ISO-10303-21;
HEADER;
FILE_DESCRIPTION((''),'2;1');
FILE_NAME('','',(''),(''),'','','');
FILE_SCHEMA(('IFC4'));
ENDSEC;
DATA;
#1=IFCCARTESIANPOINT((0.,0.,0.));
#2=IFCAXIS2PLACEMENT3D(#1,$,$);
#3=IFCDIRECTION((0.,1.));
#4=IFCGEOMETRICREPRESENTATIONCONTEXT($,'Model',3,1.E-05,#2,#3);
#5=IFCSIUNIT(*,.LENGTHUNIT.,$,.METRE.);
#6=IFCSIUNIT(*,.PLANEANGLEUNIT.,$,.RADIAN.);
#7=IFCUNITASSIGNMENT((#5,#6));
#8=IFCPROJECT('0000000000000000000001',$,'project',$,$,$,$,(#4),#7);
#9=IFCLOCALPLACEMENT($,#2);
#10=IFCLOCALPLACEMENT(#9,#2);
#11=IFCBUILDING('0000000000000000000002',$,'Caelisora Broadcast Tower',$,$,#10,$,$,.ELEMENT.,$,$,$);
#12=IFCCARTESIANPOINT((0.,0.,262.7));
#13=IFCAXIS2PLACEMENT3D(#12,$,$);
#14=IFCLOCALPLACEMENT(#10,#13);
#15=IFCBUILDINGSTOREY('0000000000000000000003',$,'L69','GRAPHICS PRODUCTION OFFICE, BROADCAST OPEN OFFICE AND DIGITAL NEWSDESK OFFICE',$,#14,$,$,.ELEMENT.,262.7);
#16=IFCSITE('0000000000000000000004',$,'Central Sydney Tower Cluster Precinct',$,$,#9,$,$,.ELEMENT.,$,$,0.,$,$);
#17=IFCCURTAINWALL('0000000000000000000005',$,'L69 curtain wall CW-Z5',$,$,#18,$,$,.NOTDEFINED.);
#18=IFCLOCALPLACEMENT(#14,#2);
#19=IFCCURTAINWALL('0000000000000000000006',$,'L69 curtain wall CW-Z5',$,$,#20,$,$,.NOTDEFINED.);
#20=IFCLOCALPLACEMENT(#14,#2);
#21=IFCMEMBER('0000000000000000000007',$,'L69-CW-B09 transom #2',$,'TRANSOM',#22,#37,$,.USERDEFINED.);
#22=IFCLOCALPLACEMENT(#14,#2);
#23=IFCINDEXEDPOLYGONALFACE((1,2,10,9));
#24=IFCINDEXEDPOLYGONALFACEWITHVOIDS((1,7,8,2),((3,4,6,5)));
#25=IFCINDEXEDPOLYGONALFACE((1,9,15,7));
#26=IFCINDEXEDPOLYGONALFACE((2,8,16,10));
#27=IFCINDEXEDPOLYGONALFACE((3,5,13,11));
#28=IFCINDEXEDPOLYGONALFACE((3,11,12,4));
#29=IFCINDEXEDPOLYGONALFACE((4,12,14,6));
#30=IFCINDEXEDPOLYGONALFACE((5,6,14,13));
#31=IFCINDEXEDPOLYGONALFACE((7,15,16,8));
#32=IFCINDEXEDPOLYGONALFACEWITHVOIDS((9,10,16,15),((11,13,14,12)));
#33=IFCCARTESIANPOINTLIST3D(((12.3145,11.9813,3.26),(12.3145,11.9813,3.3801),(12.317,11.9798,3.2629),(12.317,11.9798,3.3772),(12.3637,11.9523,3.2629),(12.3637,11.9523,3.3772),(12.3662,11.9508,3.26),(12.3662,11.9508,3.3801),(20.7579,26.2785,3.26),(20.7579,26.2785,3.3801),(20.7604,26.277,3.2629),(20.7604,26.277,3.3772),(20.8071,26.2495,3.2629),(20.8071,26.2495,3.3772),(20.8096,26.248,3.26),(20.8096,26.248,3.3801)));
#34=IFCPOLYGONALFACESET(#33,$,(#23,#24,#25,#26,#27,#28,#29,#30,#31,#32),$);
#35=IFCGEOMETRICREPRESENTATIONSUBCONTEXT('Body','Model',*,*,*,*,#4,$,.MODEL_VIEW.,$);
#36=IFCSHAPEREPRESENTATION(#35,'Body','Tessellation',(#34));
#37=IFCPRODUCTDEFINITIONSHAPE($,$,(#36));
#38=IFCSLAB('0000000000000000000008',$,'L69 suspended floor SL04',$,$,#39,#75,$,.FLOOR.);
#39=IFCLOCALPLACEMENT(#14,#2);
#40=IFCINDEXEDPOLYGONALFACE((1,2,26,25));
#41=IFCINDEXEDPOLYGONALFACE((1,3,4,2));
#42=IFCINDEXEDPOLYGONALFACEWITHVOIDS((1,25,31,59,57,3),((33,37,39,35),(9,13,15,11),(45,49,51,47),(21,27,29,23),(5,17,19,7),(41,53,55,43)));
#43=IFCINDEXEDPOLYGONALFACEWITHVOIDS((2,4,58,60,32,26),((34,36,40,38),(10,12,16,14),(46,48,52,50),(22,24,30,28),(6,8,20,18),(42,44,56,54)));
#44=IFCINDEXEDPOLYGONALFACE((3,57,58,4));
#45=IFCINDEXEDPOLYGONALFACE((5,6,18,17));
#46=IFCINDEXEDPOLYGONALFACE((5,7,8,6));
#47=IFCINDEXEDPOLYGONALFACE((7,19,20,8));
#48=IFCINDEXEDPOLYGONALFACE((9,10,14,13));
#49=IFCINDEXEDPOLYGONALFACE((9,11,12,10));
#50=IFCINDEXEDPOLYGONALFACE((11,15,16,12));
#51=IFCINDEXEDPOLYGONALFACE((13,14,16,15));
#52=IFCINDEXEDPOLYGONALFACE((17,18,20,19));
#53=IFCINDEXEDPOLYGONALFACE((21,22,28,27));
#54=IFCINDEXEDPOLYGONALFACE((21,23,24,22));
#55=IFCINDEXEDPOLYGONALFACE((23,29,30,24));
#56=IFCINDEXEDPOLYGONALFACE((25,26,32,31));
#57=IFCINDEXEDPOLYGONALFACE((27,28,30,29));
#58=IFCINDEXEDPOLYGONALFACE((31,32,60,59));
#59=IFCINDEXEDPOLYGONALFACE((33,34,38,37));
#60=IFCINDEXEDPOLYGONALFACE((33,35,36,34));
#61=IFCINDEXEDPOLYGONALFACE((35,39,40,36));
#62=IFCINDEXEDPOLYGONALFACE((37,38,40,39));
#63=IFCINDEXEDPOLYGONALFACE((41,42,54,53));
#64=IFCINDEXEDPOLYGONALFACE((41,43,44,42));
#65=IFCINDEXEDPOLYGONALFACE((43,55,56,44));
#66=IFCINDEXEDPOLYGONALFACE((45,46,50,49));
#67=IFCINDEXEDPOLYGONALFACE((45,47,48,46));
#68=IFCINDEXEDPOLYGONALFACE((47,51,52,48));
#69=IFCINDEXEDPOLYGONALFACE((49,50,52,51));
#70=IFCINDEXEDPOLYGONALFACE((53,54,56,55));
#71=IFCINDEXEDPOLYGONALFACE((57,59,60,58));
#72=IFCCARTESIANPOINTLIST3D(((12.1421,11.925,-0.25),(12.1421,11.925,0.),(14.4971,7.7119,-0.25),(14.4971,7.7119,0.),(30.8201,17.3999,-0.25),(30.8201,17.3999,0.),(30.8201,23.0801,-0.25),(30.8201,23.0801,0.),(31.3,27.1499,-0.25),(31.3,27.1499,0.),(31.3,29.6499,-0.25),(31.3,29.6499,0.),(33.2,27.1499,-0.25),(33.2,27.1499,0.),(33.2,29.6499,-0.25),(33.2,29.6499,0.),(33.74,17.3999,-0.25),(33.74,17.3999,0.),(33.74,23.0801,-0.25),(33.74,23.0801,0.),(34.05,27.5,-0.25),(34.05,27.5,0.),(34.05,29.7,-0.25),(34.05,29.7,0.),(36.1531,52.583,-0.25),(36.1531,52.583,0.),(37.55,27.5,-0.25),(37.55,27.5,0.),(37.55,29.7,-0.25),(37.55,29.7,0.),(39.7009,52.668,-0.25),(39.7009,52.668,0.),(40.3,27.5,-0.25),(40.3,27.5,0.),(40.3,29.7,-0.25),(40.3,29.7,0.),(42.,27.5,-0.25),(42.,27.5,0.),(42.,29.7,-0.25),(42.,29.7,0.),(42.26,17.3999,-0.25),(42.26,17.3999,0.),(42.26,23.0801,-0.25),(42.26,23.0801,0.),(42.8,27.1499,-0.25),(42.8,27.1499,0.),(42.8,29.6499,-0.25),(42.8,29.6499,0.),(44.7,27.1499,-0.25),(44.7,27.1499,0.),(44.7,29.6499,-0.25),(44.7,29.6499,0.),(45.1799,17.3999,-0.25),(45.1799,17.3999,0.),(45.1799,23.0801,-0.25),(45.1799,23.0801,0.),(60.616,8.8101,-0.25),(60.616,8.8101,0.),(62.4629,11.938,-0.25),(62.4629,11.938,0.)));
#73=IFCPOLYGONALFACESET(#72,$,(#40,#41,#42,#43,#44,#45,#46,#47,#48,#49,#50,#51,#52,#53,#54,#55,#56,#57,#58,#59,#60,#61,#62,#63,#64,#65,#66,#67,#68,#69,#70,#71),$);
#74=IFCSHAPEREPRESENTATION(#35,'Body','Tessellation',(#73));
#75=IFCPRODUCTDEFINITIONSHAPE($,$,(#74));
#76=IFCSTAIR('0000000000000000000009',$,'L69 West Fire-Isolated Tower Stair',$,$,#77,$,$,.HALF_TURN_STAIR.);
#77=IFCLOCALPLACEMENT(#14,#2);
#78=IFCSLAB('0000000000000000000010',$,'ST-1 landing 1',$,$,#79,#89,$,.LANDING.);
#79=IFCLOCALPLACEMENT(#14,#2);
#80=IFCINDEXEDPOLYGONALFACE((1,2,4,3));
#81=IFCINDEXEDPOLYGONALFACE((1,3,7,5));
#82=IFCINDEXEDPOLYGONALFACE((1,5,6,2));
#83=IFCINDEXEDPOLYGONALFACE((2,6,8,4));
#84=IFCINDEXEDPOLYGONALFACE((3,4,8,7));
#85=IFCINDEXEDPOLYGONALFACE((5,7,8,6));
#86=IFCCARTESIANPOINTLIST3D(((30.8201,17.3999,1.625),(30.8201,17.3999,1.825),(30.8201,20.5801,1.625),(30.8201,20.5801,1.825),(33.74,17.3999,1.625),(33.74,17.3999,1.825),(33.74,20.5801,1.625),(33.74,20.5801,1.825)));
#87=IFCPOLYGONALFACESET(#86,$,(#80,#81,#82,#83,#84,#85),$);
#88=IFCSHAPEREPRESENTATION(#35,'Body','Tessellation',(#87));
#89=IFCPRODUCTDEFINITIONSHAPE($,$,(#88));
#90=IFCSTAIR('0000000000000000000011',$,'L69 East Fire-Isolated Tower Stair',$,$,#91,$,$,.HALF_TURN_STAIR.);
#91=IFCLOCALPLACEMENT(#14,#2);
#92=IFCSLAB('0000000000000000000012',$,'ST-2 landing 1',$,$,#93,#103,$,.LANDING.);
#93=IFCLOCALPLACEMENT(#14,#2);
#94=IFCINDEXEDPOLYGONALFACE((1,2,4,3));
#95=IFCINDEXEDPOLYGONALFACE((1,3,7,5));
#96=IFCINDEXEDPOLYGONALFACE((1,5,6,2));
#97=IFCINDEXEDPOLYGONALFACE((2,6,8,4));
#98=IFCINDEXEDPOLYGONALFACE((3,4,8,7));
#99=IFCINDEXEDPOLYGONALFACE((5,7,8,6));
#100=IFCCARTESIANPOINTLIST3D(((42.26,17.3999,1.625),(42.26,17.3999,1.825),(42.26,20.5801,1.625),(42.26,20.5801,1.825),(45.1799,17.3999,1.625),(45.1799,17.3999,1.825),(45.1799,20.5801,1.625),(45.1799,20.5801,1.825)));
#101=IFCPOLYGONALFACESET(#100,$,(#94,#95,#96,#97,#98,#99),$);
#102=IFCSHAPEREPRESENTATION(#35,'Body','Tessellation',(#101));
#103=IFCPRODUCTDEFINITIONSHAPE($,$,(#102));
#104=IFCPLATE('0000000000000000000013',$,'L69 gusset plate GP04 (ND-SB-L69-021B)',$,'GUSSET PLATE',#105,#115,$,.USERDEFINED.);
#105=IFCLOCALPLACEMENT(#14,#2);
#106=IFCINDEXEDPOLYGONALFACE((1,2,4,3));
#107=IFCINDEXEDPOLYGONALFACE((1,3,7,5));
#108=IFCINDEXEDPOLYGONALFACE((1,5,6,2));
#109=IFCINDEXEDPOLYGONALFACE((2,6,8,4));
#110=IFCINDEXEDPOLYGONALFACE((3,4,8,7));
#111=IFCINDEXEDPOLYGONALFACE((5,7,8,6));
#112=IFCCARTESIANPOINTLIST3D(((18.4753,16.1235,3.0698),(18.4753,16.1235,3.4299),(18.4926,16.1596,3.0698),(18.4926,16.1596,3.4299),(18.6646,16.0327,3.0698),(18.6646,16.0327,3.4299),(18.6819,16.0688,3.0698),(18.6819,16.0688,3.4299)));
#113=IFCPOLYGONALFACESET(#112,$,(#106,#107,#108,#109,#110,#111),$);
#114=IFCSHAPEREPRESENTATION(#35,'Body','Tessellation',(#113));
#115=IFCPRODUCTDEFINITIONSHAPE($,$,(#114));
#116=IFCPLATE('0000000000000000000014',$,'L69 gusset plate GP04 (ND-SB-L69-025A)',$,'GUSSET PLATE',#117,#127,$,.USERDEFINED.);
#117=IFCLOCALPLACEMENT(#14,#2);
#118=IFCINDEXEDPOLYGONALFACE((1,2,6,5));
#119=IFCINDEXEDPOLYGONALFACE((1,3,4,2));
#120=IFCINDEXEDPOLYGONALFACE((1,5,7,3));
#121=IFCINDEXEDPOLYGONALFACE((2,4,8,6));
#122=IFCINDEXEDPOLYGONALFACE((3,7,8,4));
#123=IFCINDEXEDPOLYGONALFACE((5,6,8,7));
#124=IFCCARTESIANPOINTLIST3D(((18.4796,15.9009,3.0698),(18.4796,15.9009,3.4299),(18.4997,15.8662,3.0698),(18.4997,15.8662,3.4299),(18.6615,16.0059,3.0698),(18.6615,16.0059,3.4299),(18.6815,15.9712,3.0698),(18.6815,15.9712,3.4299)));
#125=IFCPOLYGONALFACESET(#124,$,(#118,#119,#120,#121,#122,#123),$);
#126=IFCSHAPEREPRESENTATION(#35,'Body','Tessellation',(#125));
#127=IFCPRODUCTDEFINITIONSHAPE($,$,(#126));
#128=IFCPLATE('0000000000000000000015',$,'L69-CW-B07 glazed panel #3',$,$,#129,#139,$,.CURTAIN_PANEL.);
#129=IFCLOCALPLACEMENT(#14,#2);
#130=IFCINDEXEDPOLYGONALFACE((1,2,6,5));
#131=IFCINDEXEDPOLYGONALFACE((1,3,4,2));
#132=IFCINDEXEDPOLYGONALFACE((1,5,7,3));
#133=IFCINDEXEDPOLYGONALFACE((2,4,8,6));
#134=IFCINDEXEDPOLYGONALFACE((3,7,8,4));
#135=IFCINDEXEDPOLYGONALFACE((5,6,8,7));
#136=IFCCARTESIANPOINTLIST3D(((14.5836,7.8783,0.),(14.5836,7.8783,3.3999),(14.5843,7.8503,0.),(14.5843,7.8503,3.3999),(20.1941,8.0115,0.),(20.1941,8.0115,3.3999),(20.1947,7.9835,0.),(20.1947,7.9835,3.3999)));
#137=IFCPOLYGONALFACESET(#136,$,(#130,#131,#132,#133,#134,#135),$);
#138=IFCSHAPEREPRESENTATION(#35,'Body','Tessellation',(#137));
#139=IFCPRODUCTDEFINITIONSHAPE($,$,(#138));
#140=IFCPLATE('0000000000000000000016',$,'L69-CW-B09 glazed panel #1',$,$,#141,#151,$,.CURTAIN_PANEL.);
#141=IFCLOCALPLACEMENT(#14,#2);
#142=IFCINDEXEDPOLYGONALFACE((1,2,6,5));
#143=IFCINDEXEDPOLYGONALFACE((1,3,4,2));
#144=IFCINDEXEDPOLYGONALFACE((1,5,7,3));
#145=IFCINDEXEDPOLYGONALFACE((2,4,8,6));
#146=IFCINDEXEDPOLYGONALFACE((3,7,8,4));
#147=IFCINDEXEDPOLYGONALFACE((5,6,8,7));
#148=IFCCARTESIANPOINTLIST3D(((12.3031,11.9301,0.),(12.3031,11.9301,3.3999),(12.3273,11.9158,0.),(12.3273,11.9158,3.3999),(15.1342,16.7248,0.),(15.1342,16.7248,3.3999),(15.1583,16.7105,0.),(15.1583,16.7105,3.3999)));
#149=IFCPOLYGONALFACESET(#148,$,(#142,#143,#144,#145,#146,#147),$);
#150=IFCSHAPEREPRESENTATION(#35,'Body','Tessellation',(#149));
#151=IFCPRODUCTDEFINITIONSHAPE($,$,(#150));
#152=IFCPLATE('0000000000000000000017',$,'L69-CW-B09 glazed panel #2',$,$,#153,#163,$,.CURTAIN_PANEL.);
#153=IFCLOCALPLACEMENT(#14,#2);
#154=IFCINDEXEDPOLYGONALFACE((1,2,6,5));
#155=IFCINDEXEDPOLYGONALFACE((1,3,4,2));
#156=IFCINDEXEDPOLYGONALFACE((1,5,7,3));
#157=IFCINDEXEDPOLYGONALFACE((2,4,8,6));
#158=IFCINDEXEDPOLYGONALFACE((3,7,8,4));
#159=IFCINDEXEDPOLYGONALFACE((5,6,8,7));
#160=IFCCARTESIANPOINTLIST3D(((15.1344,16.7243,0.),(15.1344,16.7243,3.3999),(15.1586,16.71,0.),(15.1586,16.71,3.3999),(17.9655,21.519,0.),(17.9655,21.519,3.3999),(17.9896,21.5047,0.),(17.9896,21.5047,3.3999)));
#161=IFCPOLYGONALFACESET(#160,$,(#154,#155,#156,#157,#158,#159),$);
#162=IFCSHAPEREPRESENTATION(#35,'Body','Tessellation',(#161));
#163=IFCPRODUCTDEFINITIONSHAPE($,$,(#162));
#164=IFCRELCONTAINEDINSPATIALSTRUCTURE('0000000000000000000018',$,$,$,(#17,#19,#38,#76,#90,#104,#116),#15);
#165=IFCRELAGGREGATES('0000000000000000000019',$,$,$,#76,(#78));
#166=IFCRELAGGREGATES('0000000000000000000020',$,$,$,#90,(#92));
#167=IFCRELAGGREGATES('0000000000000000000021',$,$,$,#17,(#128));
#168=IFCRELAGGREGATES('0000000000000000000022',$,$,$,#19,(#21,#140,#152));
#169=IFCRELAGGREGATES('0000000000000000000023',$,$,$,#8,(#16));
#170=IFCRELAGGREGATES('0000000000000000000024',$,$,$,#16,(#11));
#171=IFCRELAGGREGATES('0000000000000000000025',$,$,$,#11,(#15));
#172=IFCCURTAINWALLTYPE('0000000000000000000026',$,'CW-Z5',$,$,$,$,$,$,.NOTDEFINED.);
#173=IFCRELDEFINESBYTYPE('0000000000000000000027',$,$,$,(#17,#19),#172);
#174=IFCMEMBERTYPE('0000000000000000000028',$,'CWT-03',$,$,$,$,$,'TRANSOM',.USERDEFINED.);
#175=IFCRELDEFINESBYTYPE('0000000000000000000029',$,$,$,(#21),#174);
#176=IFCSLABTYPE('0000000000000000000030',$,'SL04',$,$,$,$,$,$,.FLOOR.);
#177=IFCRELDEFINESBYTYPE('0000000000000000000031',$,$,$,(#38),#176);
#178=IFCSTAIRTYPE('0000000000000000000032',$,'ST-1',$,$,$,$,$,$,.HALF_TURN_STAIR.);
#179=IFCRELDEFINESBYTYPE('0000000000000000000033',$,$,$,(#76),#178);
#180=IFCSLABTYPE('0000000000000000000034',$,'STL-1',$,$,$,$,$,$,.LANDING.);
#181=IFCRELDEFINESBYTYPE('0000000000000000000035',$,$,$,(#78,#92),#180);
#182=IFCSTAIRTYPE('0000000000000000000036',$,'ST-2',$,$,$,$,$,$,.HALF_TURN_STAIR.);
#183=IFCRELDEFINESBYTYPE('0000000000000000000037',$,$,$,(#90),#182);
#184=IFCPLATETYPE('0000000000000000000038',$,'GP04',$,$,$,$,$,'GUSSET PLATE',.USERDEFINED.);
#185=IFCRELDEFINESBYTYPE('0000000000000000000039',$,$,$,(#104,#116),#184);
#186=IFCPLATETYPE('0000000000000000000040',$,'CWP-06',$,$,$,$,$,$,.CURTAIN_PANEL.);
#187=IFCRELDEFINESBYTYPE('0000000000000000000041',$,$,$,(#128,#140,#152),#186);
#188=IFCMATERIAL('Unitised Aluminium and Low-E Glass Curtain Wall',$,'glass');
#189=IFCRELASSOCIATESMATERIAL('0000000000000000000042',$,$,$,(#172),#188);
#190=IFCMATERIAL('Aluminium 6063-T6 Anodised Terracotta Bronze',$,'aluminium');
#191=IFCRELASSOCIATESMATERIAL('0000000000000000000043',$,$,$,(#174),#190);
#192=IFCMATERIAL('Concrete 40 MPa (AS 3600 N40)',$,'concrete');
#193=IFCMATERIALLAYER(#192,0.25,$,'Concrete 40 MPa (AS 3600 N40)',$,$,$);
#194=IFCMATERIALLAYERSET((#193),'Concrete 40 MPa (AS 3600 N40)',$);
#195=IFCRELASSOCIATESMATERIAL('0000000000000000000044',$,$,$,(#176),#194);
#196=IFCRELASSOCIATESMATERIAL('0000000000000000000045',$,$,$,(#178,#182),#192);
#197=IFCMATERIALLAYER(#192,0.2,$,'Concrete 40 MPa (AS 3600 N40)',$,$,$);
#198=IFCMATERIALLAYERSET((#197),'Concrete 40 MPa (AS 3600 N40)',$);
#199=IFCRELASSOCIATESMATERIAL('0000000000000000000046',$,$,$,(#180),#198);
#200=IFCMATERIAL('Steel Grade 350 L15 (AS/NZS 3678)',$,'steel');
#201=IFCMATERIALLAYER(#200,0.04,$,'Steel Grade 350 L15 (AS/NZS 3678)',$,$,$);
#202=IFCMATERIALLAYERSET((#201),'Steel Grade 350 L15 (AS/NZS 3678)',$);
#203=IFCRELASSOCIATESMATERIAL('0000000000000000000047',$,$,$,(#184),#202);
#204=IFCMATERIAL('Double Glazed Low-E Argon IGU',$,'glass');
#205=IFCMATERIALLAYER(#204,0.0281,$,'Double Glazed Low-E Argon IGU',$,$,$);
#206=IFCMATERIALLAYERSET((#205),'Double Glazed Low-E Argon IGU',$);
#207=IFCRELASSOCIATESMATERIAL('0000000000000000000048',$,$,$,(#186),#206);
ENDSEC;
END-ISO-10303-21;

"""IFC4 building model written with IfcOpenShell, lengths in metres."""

from ifc_helpers import new_model, si_unit, direction, frame, origin, origin_2d, place, context, subcontext, project, spatial, polyline, rectangle, hollow_rectangle, outline, extrude, source, transform, mapped, material, layer, layer_set, material_profile, profile_set, type_object, type_shapes, element, aggregate, save


model = new_model("IFC4")

# Units and contexts
model_context = context("Model", 3, precision=1e-05, world=origin(), true_north=direction((0.0, 1.0)))
body_context = subcontext(model_context, "Body", "Model", "MODEL_VIEW")
ifc_project = project(units=[si_unit("LENGTHUNIT", "METRE"), si_unit("PLANEANGLEUNIT", "RADIAN")], contexts=[model_context])

# Site, building, storey
site_placement = place(None, origin())
site = spatial("IfcSite", under=ifc_project, at=site_placement, Name="Central Sydney Tower Cluster Precinct", CompositionType="ELEMENT", RefElevation=0.0)
building_placement = place(site_placement, origin())
building = spatial("IfcBuilding", under=site, at=building_placement, Name="Caelisora Broadcast Tower", CompositionType="ELEMENT")
storey_placement = place(building_placement, frame((0.0, 0.0, 262.7)))
storey = spatial("IfcBuildingStorey", under=building, at=storey_placement, Name="L69", Description="GRAPHICS PRODUCTION OFFICE, BROADCAST OPEN OFFICE AND DIGITAL NEWSDESK OFFICE", CompositionType="ELEMENT", Elevation=262.7)

# Shared definitions
ifc_material_1 = material(Name="Steel Grade 350 L15 (AS/NZS 3678)", Category="steel")

# Curtain walls, member
ifc_material_2 = material(Name="Unitised Aluminium and Low-E Glass Curtain Wall", Category="glass")
curtain_wall_type = type_object("IfcCurtainWallType", Name="CW-Z5", PredefinedType="NOTDEFINED", material=ifc_material_2)
curtain_wall_1_placement = place(storey_placement, origin())
curtain_wall_1 = element("IfcCurtainWall", 1, at=curtain_wall_1_placement, inside=storey, type_object=curtain_wall_type, Name="L69 curtain wall CW-Z5", PredefinedType="NOTDEFINED")
ifc_material_3 = material(Name="Aluminium 6063-T6 Anodised Terracotta Bronze", Category="aluminium")
curtain_wall_2_placement = place(storey_placement, origin())
curtain_wall_2 = element("IfcCurtainWall", 2, at=curtain_wall_2_placement, inside=storey, type_object=curtain_wall_type, Name="L69 curtain wall CW-Z5", PredefinedType="NOTDEFINED")
ifc_material_profile_1 = material_profile(ifc_material_3, hollow_rectangle(XDim=0.0601, YDim=0.1201, WallThickness=0.0029, at=origin_2d()), Name="Aluminium 6063-T6 Anodised Terracotta Bronze")
ifc_profile_set_1 = profile_set([ifc_material_profile_1], Name="Aluminium 6063-T6 Anodised Terracotta Bronze")
member_type_1 = type_object("IfcMemberType", Name="CWT-03", ElementType="TRANSOM", PredefinedType="USERDEFINED", material=ifc_profile_set_1)
shared_shape_1 = source(origin(), body_context, "Body", "SweptSolid", [
    extrude(hollow_rectangle(XDim=0.0601, YDim=0.1201, WallThickness=0.0029, at=origin_2d()), origin(), (0.0, 0.0, 1.0), 16.6042),
])
type_shapes(member_type_1, [shared_shape_1])
member_1_placement = place(storey_placement, frame((12.3403, 11.9661, 3.3201), z_axis=(0.508509, 0.861057, 0.0), x_axis=(-0.861057, 0.508509, 0.0)))
member_1 = element("IfcMember", 3, at=member_1_placement, type_object=member_type_1, Name="L69-CW-B09 transom #2", ObjectType="TRANSOM", PredefinedType="USERDEFINED", context=body_context, shape_type="MappedRepresentation", body=[
    mapped(shared_shape_1, transform((0.0, 0.0, 0.0), scale=1.0)),
])

# Slab
ifc_material_4 = material(Name="Concrete 40 MPa (AS 3600 N40)", Category="concrete")
ifc_layer_1 = layer(ifc_material_4, 0.25, Name="Concrete 40 MPa (AS 3600 N40)")
ifc_layer_set_1 = layer_set([ifc_layer_1], Name="Concrete 40 MPa (AS 3600 N40)")
slab_type_1 = type_object("IfcSlabType", Name="SL04", PredefinedType="FLOOR", material=ifc_layer_set_1)
slab_1_placement = place(storey_placement, frame((0.0, 0.0, -0.25)))
element("IfcSlab", 4, at=slab_1_placement, inside=storey, type_object=slab_type_1, Name="L69 suspended floor SL04", PredefinedType="FLOOR", context=body_context, shape_type="SweptSolid", body=[
    extrude(outline(polyline([(39.7009, 52.668), (36.1531, 52.583), (12.1421, 11.925), (14.4971, 7.7119), (60.616, 8.8101), (62.4629, 11.938), (39.7009, 52.668)]), holes=[polyline([(30.8201, 17.3999), (33.74, 17.3999), (33.74, 23.0801), (30.8201, 23.0801), (30.8201, 17.3999)]), polyline([(42.26, 17.3999), (45.1799, 17.3999), (45.1799, 23.0801), (42.26, 23.0801), (42.26, 17.3999)]), polyline([(42.8, 27.1499), (44.7, 27.1499), (44.7, 29.6499), (42.8, 29.6499), (42.8, 27.1499)]), polyline([(40.3, 27.5), (42.0, 27.5), (42.0, 29.7), (40.3, 29.7), (40.3, 27.5)]), polyline([(34.05, 27.5), (37.55, 27.5), (37.55, 29.7), (34.05, 29.7), (34.05, 27.5)]), polyline([(31.3, 27.1499), (33.2, 27.1499), (33.2, 29.6499), (31.3, 29.6499), (31.3, 27.1499)])]), origin(), (0.0, 0.0, 1.0), 0.25),
])

# Stairs, slabs
stair_type_1 = type_object("IfcStairType", Name="ST-1", PredefinedType="HALF_TURN_STAIR", material=ifc_material_4)
stair_1_placement = place(storey_placement, origin())
stair_1 = element("IfcStair", 5, at=stair_1_placement, inside=storey, type_object=stair_type_1, Name="L69 West Fire-Isolated Tower Stair", PredefinedType="HALF_TURN_STAIR")
ifc_layer_2 = layer(ifc_material_4, 0.2, Name="Concrete 40 MPa (AS 3600 N40)")
ifc_layer_set_2 = layer_set([ifc_layer_2], Name="Concrete 40 MPa (AS 3600 N40)")
slab_type_2 = type_object("IfcSlabType", Name="STL-1", PredefinedType="LANDING", material=ifc_layer_set_2)
slab_2_placement = place(storey_placement, frame((0.0, 0.0, 1.625)))
slab_2 = element("IfcSlab", 6, at=slab_2_placement, type_object=slab_type_2, Name="ST-1 landing 1", PredefinedType="LANDING", context=body_context, shape_type="SweptSolid", body=[
    extrude(outline(polyline([(30.8201, 20.5801), (30.8201, 17.3999), (33.74, 17.3999), (33.74, 20.5801), (30.8201, 20.5801)])), origin(), (0.0, 0.0, 1.0), 0.2),
])
aggregate(stair_1, [slab_2])
stair_type_2 = type_object("IfcStairType", Name="ST-2", PredefinedType="HALF_TURN_STAIR", material=ifc_material_4)
stair_2_placement = place(storey_placement, origin())
stair_2 = element("IfcStair", 7, at=stair_2_placement, inside=storey, type_object=stair_type_2, Name="L69 East Fire-Isolated Tower Stair", PredefinedType="HALF_TURN_STAIR")
slab_3_placement = place(storey_placement, frame((0.0, 0.0, 1.625)))
slab_3 = element("IfcSlab", 8, at=slab_3_placement, type_object=slab_type_2, Name="ST-2 landing 1", PredefinedType="LANDING", context=body_context, shape_type="SweptSolid", body=[
    extrude(outline(polyline([(42.26, 20.5801), (42.26, 17.3999), (45.1799, 17.3999), (45.1799, 20.5801), (42.26, 20.5801)])), origin(), (0.0, 0.0, 1.0), 0.2),
])
aggregate(stair_2, [slab_3])

# Plates
ifc_layer_3 = layer(ifc_material_1, 0.04, Name="Steel Grade 350 L15 (AS/NZS 3678)")
ifc_layer_set_3 = layer_set([ifc_layer_3], Name="Steel Grade 350 L15 (AS/NZS 3678)")
plate_type_1 = type_object("IfcPlateType", Name="GP04", ElementType="GUSSET PLATE", PredefinedType="USERDEFINED", material=ifc_layer_set_3)
shared_shape_2 = source(origin(), body_context, "Body", "SweptSolid", [
    extrude(rectangle(XDim=0.21, YDim=0.04, at=origin_2d()), origin(), (0.0, 0.0, 1.0), 0.3601),
])
type_shapes(plate_type_1, [shared_shape_2])
for number, where, z_axis, x_axis, name in (
    (9, (18.5786, 16.0962, 3.0698), (0.0, 0.0, 1.0), (0.901682, -0.432401, 0.0), "L69 gusset plate GP04 (ND-SB-L69-021B)"),
    (10, (18.5806, 15.936, 3.0698), (0.0, 0.0, 1.0), (0.866025, 0.5, 0.0), "L69 gusset plate GP04 (ND-SB-L69-025A)"),
):
    element("IfcPlate", number, at=place(storey_placement, frame(where, z_axis=z_axis, x_axis=x_axis)), inside=storey, type_object=plate_type_1, Name=name, ObjectType="GUSSET PLATE", PredefinedType="USERDEFINED", context=body_context, shape_type="MappedRepresentation", body=[
        mapped(shared_shape_2, transform((0.0, 0.0, 0.0), scale=1.0)),
    ])

# Plates
ifc_material_5 = material(Name="Double Glazed Low-E Argon IGU", Category="glass")
ifc_layer_4 = layer(ifc_material_5, 0.0281, Name="Double Glazed Low-E Argon IGU")
ifc_layer_set_4 = layer_set([ifc_layer_4], Name="Double Glazed Low-E Argon IGU")
plate_type_2 = type_object("IfcPlateType", Name="CWP-06", PredefinedType="CURTAIN_PANEL", material=ifc_layer_set_4)
shared_shape_3 = source(origin(), body_context, "Body", "SweptSolid", [
    extrude(rectangle(XDim=5.6121, YDim=0.0281, at=origin_2d()), origin(), (0.0, 0.0, 1.0), 3.3999),
])
plate_1_placement = place(storey_placement, frame((17.3892, 7.9309, 0.0), z_axis=(0.0, 0.0, 1.0), x_axis=(-0.999718, -0.023734, 0.0)))
plate_1 = element("IfcPlate", 11, at=plate_1_placement, type_object=plate_type_2, Name="L69-CW-B07 glazed panel #3", PredefinedType="CURTAIN_PANEL", context=body_context, shape_type="MappedRepresentation", body=[
    mapped(shared_shape_3, transform((0.0, 0.0, 0.0), scale=1.0)),
])
aggregate(curtain_wall_1, [plate_1])
shared_shape_4 = source(origin(), body_context, "Body", "SweptSolid", [
    extrude(rectangle(XDim=5.5681, YDim=0.0281, at=origin_2d()), origin(), (0.0, 0.0, 1.0), 3.3999),
])
type_shapes(plate_type_2, [shared_shape_3, shared_shape_4])
plate_2_placement = place(storey_placement, frame((13.7307, 14.3203, 0.0), z_axis=(0.0, 0.0, 1.0), x_axis=(0.50844, 0.861097, 0.0)))
plate_2 = element("IfcPlate", 12, at=plate_2_placement, type_object=plate_type_2, Name="L69-CW-B09 glazed panel #1", PredefinedType="CURTAIN_PANEL", context=body_context, shape_type="MappedRepresentation", body=[
    mapped(shared_shape_4, transform((0.0, 0.0, 0.0), scale=1.0)),
])
plate_3_placement = place(storey_placement, frame((16.562, 19.1145, 0.0), z_axis=(0.0, 0.0, 1.0), x_axis=(0.50844, 0.861097, 0.0)))
plate_3 = element("IfcPlate", 13, at=plate_3_placement, type_object=plate_type_2, Name="L69-CW-B09 glazed panel #2", PredefinedType="CURTAIN_PANEL", context=body_context, shape_type="MappedRepresentation", body=[
    mapped(shared_shape_4, transform((0.0, 0.0, 0.0), scale=1.0)),
])
aggregate(curtain_wall_2, [member_1, plate_2, plate_3])

save(model, "model.ifc")
